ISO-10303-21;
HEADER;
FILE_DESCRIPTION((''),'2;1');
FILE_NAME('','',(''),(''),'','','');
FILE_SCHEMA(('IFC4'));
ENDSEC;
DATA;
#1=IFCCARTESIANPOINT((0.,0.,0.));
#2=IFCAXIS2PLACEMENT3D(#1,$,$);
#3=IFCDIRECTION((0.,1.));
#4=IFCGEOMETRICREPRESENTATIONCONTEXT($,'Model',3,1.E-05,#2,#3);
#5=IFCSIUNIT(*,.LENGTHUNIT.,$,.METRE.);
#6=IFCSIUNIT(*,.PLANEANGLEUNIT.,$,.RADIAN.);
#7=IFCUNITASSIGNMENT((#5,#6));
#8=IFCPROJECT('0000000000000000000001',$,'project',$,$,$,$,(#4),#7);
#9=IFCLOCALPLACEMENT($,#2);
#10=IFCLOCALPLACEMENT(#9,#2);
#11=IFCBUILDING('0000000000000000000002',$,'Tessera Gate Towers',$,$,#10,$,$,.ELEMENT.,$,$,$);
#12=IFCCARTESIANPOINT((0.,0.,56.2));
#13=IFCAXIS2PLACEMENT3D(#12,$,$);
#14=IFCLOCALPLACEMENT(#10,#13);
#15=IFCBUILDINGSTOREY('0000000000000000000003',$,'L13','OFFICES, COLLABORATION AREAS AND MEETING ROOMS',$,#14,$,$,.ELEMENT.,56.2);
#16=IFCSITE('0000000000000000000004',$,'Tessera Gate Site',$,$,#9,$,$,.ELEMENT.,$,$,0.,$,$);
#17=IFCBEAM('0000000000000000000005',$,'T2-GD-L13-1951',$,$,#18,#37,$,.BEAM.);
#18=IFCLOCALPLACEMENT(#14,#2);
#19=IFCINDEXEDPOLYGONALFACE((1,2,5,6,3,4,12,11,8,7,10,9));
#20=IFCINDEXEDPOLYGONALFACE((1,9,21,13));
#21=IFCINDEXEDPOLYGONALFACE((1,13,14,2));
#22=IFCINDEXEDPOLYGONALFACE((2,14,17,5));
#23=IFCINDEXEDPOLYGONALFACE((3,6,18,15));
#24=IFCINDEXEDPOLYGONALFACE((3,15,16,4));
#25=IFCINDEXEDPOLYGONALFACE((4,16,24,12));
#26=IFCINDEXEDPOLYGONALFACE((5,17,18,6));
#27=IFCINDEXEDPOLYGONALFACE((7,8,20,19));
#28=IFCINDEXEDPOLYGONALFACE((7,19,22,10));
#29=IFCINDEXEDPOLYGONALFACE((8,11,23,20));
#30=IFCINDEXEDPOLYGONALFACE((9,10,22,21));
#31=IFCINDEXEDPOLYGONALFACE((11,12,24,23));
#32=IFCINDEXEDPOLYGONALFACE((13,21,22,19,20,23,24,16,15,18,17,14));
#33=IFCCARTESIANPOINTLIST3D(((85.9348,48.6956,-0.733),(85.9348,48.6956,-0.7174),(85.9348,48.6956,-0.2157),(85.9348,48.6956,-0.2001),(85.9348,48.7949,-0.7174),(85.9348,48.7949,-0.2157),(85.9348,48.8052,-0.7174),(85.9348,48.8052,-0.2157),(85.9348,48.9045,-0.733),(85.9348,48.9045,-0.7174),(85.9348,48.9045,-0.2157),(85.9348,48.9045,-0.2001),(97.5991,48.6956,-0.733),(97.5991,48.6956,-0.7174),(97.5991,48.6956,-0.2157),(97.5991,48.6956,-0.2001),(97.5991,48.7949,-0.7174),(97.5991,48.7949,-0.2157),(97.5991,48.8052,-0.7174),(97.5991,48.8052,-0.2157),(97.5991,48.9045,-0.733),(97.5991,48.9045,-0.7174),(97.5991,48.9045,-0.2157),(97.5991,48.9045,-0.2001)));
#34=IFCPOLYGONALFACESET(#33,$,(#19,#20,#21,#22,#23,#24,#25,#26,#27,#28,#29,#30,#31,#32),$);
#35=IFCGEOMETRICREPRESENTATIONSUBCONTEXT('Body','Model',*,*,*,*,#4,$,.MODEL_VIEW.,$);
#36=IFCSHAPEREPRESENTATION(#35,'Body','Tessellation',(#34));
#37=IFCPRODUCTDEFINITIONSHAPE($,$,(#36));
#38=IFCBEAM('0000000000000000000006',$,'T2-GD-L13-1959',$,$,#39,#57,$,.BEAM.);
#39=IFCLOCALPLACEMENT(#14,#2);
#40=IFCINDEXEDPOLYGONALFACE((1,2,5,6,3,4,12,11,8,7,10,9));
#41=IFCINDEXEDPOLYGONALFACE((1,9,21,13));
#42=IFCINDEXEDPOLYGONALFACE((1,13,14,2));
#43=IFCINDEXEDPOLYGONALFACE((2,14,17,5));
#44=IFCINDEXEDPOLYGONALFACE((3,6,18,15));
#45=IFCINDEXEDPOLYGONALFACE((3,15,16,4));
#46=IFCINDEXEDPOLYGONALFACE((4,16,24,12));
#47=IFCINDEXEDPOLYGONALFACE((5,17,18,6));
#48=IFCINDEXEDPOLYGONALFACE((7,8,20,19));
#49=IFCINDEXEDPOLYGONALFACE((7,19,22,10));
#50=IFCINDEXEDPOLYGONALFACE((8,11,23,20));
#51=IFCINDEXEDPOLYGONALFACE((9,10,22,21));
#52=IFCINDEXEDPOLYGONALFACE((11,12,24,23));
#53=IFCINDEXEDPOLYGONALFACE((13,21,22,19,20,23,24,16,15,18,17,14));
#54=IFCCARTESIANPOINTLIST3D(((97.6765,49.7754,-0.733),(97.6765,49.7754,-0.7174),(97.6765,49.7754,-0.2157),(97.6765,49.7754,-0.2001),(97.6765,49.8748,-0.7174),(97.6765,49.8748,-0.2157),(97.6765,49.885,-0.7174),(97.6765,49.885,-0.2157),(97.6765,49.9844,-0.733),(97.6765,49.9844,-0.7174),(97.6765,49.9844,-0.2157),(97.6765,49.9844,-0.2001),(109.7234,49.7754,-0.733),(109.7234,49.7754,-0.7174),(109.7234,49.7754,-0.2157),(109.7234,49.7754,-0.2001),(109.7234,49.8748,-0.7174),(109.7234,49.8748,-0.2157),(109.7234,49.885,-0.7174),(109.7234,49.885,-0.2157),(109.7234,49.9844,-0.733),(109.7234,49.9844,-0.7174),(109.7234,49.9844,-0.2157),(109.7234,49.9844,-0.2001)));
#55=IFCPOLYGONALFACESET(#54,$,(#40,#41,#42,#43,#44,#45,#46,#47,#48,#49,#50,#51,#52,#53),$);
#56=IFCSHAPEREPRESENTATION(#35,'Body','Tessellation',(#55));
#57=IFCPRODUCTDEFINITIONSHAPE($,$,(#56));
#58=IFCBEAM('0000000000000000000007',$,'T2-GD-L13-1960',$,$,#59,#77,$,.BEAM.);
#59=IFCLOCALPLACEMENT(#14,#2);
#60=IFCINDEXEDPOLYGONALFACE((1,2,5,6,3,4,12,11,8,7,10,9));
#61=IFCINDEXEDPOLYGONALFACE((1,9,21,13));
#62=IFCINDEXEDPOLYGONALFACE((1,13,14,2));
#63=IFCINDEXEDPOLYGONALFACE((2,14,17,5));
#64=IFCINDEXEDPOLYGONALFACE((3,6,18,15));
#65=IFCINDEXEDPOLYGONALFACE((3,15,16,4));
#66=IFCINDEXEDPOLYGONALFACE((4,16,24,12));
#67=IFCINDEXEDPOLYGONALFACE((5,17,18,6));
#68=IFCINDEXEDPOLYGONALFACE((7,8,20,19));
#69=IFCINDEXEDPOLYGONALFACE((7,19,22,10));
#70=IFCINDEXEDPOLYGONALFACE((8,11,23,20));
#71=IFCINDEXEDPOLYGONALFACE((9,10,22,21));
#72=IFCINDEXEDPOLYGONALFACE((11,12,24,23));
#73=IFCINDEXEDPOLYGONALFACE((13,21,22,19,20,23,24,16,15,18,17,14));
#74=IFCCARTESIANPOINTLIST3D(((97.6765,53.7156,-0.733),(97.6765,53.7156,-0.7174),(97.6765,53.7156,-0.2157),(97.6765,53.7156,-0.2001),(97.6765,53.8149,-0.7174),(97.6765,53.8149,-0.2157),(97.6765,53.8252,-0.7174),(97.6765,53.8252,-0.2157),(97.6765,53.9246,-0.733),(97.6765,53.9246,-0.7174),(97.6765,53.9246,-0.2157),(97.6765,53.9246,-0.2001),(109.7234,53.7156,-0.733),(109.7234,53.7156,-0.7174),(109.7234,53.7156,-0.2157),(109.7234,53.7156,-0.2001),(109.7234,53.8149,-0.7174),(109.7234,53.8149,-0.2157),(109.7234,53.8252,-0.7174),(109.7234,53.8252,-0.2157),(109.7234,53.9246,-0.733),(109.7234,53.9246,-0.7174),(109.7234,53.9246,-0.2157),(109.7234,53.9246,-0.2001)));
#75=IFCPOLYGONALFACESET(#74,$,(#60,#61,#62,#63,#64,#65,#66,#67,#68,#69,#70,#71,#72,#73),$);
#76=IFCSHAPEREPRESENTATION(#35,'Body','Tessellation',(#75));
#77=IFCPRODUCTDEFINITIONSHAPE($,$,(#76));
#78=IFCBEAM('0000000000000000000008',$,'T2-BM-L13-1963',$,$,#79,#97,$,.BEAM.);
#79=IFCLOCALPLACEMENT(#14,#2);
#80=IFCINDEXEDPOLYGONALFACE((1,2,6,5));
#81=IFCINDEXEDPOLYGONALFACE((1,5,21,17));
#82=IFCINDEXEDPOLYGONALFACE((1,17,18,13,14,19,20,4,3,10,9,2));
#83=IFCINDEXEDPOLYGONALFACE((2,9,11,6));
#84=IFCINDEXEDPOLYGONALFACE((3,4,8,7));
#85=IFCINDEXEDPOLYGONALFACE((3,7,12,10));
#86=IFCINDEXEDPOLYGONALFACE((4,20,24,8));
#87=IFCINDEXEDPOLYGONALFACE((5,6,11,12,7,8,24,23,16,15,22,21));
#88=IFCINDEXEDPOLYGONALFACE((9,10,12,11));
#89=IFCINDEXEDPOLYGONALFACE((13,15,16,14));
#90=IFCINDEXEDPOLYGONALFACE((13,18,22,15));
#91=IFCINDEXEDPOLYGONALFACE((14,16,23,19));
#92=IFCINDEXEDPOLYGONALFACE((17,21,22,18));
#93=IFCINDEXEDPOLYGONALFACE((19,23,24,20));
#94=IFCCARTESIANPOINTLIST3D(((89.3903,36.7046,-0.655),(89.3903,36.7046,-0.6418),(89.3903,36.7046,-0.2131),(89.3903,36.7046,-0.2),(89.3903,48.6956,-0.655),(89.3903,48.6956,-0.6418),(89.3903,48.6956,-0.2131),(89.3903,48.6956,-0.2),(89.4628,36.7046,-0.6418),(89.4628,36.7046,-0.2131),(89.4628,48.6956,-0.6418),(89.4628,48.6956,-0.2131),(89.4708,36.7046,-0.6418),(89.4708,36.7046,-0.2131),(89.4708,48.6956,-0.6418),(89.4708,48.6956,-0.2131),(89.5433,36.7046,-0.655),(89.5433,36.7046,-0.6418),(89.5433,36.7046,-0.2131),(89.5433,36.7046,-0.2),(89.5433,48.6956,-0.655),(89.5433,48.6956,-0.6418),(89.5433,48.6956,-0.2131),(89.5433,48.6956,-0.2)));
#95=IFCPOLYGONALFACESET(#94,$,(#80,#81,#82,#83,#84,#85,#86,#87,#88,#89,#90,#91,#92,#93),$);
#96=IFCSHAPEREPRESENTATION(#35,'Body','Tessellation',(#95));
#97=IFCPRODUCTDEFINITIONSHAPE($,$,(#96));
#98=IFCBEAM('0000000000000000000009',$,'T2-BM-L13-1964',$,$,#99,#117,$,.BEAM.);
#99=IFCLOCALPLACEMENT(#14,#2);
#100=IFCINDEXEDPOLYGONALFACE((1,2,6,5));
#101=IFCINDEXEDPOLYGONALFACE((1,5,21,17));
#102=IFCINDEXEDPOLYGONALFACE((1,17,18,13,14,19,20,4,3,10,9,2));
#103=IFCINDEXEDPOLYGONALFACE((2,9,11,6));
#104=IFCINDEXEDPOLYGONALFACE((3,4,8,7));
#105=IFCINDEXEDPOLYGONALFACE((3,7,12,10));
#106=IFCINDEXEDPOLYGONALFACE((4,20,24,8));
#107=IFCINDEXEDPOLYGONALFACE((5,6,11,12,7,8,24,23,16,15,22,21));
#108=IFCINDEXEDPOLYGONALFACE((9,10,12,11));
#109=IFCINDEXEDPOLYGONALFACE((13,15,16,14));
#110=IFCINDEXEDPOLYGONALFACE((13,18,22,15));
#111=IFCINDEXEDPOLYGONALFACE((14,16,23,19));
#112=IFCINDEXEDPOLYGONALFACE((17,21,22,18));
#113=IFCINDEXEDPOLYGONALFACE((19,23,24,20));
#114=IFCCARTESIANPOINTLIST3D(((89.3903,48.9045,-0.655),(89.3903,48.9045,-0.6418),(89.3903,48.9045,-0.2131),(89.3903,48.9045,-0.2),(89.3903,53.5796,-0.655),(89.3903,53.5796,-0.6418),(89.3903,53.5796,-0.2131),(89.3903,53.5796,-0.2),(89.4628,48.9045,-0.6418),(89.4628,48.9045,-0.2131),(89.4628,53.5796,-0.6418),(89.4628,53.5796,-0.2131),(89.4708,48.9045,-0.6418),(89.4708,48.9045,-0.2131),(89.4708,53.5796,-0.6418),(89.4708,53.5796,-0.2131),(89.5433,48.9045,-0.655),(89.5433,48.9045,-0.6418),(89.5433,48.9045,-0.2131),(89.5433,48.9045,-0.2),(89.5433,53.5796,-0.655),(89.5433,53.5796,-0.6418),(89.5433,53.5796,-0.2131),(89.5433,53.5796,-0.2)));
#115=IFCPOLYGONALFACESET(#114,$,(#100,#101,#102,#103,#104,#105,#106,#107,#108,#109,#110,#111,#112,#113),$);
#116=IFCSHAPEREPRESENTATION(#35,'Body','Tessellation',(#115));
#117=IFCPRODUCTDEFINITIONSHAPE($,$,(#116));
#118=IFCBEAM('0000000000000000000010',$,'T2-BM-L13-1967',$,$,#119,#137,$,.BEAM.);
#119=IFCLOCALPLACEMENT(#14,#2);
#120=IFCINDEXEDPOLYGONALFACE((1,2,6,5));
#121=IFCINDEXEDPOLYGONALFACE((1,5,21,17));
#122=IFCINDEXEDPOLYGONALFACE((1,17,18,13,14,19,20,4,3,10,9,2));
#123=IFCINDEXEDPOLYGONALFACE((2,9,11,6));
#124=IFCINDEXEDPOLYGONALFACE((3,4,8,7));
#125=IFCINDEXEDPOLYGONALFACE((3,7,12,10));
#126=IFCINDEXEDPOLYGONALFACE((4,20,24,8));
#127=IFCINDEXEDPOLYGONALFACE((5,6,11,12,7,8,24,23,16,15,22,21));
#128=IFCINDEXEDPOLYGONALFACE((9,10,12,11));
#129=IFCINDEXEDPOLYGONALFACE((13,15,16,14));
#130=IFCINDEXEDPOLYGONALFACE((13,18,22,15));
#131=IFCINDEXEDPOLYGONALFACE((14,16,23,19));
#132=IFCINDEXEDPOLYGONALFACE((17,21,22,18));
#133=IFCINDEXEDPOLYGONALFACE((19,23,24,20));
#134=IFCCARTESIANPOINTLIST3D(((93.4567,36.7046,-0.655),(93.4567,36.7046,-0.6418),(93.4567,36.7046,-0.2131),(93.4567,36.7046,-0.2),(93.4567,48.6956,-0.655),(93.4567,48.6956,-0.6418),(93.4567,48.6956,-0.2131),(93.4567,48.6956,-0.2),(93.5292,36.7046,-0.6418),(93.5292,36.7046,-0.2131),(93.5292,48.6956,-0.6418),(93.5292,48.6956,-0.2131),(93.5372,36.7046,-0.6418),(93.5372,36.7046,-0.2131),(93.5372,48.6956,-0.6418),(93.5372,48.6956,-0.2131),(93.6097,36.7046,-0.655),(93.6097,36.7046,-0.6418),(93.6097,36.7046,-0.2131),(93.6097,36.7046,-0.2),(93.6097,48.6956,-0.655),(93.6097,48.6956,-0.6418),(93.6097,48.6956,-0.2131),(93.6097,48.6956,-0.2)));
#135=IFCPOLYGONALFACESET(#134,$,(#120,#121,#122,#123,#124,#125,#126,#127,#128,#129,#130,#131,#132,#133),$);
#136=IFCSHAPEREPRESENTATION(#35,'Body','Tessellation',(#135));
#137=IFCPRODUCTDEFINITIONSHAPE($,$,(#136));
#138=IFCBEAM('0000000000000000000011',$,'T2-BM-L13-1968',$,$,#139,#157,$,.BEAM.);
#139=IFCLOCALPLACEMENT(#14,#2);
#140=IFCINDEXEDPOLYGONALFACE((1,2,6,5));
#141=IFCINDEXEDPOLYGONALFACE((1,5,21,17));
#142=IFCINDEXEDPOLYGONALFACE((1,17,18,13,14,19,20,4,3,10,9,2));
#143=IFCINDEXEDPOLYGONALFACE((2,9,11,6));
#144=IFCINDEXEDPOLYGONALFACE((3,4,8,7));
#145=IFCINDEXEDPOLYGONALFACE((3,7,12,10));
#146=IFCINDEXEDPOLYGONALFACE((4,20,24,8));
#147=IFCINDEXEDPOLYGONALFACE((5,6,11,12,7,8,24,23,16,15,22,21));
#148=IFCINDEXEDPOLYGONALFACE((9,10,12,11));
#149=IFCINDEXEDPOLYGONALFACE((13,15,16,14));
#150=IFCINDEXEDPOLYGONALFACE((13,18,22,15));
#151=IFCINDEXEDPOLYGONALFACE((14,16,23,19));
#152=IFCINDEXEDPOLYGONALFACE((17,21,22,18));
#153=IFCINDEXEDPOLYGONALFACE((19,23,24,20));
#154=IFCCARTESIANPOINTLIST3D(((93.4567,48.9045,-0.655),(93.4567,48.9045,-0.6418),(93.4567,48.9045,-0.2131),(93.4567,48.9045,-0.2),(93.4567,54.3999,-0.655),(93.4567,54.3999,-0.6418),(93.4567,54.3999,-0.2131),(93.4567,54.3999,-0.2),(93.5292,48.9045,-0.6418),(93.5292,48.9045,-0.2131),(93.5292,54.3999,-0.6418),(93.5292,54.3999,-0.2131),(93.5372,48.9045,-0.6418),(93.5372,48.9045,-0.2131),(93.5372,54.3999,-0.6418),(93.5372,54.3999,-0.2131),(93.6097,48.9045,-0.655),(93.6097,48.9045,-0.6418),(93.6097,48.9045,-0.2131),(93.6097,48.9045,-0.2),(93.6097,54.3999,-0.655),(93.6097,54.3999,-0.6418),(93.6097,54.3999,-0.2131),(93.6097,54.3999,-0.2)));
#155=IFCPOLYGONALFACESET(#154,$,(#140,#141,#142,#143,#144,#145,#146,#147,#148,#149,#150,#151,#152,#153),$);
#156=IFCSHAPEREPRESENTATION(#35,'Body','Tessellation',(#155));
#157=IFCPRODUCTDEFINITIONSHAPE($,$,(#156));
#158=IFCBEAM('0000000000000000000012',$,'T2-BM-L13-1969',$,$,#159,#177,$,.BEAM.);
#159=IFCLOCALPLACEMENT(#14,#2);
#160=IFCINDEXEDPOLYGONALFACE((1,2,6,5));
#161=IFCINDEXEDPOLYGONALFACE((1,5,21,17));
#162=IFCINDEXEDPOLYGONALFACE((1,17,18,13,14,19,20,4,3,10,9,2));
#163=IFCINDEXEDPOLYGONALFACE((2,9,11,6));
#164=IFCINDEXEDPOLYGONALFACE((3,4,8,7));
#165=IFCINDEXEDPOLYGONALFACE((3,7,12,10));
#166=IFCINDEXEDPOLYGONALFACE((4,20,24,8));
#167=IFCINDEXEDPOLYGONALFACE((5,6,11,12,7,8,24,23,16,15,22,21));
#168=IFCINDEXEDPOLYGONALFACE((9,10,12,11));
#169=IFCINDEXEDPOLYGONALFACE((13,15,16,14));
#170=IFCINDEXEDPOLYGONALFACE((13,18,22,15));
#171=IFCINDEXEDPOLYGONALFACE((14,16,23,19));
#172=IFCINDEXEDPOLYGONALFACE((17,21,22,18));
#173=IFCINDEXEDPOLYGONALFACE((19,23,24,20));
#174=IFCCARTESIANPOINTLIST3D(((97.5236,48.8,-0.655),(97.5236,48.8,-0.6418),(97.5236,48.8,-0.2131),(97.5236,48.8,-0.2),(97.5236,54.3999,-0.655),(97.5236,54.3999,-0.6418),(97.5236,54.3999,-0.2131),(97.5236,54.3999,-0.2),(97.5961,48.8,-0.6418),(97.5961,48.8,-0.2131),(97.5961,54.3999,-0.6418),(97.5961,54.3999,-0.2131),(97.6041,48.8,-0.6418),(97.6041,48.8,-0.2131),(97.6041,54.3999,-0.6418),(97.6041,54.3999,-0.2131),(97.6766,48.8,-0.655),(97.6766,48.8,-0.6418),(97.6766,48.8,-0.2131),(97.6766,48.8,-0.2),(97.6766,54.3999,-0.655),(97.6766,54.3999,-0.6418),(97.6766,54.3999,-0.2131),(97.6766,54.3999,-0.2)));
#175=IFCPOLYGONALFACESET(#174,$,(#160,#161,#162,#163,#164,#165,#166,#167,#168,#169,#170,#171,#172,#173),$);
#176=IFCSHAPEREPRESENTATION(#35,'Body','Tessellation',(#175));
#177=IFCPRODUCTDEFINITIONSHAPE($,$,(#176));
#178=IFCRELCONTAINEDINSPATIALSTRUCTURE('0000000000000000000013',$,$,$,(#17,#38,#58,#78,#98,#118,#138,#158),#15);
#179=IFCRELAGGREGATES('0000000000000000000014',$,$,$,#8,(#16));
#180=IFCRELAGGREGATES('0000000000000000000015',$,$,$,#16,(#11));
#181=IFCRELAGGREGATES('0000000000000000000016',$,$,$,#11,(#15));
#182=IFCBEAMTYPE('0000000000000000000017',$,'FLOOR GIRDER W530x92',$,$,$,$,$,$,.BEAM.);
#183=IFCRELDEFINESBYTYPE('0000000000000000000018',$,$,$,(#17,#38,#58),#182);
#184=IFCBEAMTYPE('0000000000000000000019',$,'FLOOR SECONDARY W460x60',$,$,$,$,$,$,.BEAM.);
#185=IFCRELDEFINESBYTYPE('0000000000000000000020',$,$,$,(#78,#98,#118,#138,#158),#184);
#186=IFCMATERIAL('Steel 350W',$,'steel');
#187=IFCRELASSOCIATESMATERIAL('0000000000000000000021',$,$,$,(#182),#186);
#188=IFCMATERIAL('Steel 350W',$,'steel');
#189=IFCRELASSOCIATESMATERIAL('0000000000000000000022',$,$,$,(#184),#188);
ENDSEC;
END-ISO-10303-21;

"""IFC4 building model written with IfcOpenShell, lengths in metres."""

from ifc_helpers import new_model, si_unit, direction, frame, origin, origin_2d, place, context, subcontext, project, spatial, i_section, extrude, material, material_profile, profile_set, type_object, element, save


model = new_model("IFC4")

# Units and contexts
model_context = context("Model", 3, precision=1e-05, world=origin(), true_north=direction((0.0, 1.0)))
body_context = subcontext(model_context, "Body", "Model", "MODEL_VIEW")
ifc_project = project(units=[si_unit("LENGTHUNIT", "METRE"), si_unit("PLANEANGLEUNIT", "RADIAN")], contexts=[model_context])

# Site, building, storey
site_placement = place(None, origin())
site = spatial("IfcSite", under=ifc_project, at=site_placement, Name="Tessera Gate Site", CompositionType="ELEMENT", RefElevation=0.0)
building_placement = place(site_placement, origin())
building = spatial("IfcBuilding", under=site, at=building_placement, Name="Tessera Gate Towers", CompositionType="ELEMENT")
storey_placement = place(building_placement, frame((0.0, 0.0, 56.2)))
storey = spatial("IfcBuildingStorey", under=building, at=storey_placement, Name="L13", Description="OFFICES, COLLABORATION AREAS AND MEETING ROOMS", CompositionType="ELEMENT", Elevation=56.2)

# Beams
ifc_material_1 = material(Name="Steel 350W", Category="steel")
ifc_material_profile_1 = material_profile(ifc_material_1, i_section(OverallWidth=0.209, OverallDepth=0.533, WebThickness=0.0103, FlangeThickness=0.0156, at=origin_2d()), Name="W530x92")
ifc_profile_set_1 = profile_set([ifc_material_profile_1], Name="Steel 350W")
beam_type_1 = type_object("IfcBeamType", Name="FLOOR GIRDER W530x92", PredefinedType="BEAM", material=ifc_profile_set_1)
beam_1_placement = place(storey_placement, frame((85.9348, 48.8, -0.4666), z_axis=(1.0, 0.0, 0.0), x_axis=(0.0, 1.0, 0.0)))
element("IfcBeam", 1, at=beam_1_placement, inside=storey, type_object=beam_type_1, Name="T2-GD-L13-1951", PredefinedType="BEAM", context=body_context, shape_type="SweptSolid", body=[
    extrude(i_section(OverallWidth=0.209, OverallDepth=0.533, WebThickness=0.0103, FlangeThickness=0.0156, at=origin_2d()), origin(), (0.0, 0.0, 1.0), 11.6643),
])
for number, where, z_axis, x_axis, name in (
    (2, (97.6765, 49.8799, -0.4666), (1.0, 0.0, 0.0), (0.0, 1.0, 0.0), "T2-GD-L13-1959"),
    (3, (97.6765, 53.8201, -0.4666), (1.0, 0.0, 0.0), (0.0, 1.0, 0.0), "T2-GD-L13-1960"),
):
    element("IfcBeam", number, at=place(storey_placement, frame(where, z_axis=z_axis, x_axis=x_axis)), inside=storey, type_object=beam_type_1, Name=name, PredefinedType="BEAM", context=body_context, shape_type="SweptSolid", body=[
        extrude(i_section(OverallWidth=0.209, OverallDepth=0.533, WebThickness=0.0103, FlangeThickness=0.0156, at=origin_2d()), origin(), (0.0, 0.0, 1.0), 12.0469),
    ])
ifc_material_2 = material(Name="Steel 350W", Category="steel")
ifc_material_profile_2 = material_profile(ifc_material_2, i_section(OverallWidth=0.1531, OverallDepth=0.4551, WebThickness=0.0081, FlangeThickness=0.0132, at=origin_2d()), Name="W460x60")
ifc_profile_set_2 = profile_set([ifc_material_profile_2], Name="Steel 350W")
beam_type_2 = type_object("IfcBeamType", Name="FLOOR SECONDARY W460x60", PredefinedType="BEAM", material=ifc_profile_set_2)
beam_2_placement = place(storey_placement, frame((89.4668, 36.7046, -0.4275), z_axis=(0.0, 1.0, 0.0), x_axis=(-1.0, 0.0, 0.0)))
element("IfcBeam", 4, at=beam_2_placement, inside=storey, type_object=beam_type_2, Name="T2-BM-L13-1963", PredefinedType="BEAM", context=body_context, shape_type="SweptSolid", body=[
    extrude(i_section(OverallWidth=0.1531, OverallDepth=0.4551, WebThickness=0.0081, FlangeThickness=0.0132, at=origin_2d()), origin(), (0.0, 0.0, 1.0), 11.991),
])
beam_3_placement = place(storey_placement, frame((89.4668, 48.9045, -0.4275), z_axis=(0.0, 1.0, 0.0), x_axis=(-1.0, 0.0, 0.0)))
element("IfcBeam", 5, at=beam_3_placement, inside=storey, type_object=beam_type_2, Name="T2-BM-L13-1964", PredefinedType="BEAM", context=body_context, shape_type="SweptSolid", body=[
    extrude(i_section(OverallWidth=0.1531, OverallDepth=0.4551, WebThickness=0.0081, FlangeThickness=0.0132, at=origin_2d()), origin(), (0.0, 0.0, 1.0), 4.675),
])
beam_4_placement = place(storey_placement, frame((93.5332, 36.7046, -0.4275), z_axis=(0.0, 1.0, 0.0), x_axis=(-1.0, 0.0, 0.0)))
element("IfcBeam", 6, at=beam_4_placement, inside=storey, type_object=beam_type_2, Name="T2-BM-L13-1967", PredefinedType="BEAM", context=body_context, shape_type="SweptSolid", body=[
    extrude(i_section(OverallWidth=0.1531, OverallDepth=0.4551, WebThickness=0.0081, FlangeThickness=0.0132, at=origin_2d()), origin(), (0.0, 0.0, 1.0), 11.991),
])
beam_5_placement = place(storey_placement, frame((93.5332, 48.9045, -0.4275), z_axis=(0.0, 1.0, 0.0), x_axis=(-1.0, 0.0, 0.0)))
element("IfcBeam", 7, at=beam_5_placement, inside=storey, type_object=beam_type_2, Name="T2-BM-L13-1968", PredefinedType="BEAM", context=body_context, shape_type="SweptSolid", body=[
    extrude(i_section(OverallWidth=0.1531, OverallDepth=0.4551, WebThickness=0.0081, FlangeThickness=0.0132, at=origin_2d()), origin(), (0.0, 0.0, 1.0), 5.4954),
])
beam_6_placement = place(storey_placement, frame((97.6001, 48.8, -0.4275), z_axis=(0.0, 1.0, 0.0), x_axis=(-1.0, 0.0, 0.0)))
element("IfcBeam", 8, at=beam_6_placement, inside=storey, type_object=beam_type_2, Name="T2-BM-L13-1969", PredefinedType="BEAM", context=body_context, shape_type="SweptSolid", body=[
    extrude(i_section(OverallWidth=0.1531, OverallDepth=0.4551, WebThickness=0.0081, FlangeThickness=0.0132, at=origin_2d()), origin(), (0.0, 0.0, 1.0), 5.5999),
])

save(model, "model.ifc")
